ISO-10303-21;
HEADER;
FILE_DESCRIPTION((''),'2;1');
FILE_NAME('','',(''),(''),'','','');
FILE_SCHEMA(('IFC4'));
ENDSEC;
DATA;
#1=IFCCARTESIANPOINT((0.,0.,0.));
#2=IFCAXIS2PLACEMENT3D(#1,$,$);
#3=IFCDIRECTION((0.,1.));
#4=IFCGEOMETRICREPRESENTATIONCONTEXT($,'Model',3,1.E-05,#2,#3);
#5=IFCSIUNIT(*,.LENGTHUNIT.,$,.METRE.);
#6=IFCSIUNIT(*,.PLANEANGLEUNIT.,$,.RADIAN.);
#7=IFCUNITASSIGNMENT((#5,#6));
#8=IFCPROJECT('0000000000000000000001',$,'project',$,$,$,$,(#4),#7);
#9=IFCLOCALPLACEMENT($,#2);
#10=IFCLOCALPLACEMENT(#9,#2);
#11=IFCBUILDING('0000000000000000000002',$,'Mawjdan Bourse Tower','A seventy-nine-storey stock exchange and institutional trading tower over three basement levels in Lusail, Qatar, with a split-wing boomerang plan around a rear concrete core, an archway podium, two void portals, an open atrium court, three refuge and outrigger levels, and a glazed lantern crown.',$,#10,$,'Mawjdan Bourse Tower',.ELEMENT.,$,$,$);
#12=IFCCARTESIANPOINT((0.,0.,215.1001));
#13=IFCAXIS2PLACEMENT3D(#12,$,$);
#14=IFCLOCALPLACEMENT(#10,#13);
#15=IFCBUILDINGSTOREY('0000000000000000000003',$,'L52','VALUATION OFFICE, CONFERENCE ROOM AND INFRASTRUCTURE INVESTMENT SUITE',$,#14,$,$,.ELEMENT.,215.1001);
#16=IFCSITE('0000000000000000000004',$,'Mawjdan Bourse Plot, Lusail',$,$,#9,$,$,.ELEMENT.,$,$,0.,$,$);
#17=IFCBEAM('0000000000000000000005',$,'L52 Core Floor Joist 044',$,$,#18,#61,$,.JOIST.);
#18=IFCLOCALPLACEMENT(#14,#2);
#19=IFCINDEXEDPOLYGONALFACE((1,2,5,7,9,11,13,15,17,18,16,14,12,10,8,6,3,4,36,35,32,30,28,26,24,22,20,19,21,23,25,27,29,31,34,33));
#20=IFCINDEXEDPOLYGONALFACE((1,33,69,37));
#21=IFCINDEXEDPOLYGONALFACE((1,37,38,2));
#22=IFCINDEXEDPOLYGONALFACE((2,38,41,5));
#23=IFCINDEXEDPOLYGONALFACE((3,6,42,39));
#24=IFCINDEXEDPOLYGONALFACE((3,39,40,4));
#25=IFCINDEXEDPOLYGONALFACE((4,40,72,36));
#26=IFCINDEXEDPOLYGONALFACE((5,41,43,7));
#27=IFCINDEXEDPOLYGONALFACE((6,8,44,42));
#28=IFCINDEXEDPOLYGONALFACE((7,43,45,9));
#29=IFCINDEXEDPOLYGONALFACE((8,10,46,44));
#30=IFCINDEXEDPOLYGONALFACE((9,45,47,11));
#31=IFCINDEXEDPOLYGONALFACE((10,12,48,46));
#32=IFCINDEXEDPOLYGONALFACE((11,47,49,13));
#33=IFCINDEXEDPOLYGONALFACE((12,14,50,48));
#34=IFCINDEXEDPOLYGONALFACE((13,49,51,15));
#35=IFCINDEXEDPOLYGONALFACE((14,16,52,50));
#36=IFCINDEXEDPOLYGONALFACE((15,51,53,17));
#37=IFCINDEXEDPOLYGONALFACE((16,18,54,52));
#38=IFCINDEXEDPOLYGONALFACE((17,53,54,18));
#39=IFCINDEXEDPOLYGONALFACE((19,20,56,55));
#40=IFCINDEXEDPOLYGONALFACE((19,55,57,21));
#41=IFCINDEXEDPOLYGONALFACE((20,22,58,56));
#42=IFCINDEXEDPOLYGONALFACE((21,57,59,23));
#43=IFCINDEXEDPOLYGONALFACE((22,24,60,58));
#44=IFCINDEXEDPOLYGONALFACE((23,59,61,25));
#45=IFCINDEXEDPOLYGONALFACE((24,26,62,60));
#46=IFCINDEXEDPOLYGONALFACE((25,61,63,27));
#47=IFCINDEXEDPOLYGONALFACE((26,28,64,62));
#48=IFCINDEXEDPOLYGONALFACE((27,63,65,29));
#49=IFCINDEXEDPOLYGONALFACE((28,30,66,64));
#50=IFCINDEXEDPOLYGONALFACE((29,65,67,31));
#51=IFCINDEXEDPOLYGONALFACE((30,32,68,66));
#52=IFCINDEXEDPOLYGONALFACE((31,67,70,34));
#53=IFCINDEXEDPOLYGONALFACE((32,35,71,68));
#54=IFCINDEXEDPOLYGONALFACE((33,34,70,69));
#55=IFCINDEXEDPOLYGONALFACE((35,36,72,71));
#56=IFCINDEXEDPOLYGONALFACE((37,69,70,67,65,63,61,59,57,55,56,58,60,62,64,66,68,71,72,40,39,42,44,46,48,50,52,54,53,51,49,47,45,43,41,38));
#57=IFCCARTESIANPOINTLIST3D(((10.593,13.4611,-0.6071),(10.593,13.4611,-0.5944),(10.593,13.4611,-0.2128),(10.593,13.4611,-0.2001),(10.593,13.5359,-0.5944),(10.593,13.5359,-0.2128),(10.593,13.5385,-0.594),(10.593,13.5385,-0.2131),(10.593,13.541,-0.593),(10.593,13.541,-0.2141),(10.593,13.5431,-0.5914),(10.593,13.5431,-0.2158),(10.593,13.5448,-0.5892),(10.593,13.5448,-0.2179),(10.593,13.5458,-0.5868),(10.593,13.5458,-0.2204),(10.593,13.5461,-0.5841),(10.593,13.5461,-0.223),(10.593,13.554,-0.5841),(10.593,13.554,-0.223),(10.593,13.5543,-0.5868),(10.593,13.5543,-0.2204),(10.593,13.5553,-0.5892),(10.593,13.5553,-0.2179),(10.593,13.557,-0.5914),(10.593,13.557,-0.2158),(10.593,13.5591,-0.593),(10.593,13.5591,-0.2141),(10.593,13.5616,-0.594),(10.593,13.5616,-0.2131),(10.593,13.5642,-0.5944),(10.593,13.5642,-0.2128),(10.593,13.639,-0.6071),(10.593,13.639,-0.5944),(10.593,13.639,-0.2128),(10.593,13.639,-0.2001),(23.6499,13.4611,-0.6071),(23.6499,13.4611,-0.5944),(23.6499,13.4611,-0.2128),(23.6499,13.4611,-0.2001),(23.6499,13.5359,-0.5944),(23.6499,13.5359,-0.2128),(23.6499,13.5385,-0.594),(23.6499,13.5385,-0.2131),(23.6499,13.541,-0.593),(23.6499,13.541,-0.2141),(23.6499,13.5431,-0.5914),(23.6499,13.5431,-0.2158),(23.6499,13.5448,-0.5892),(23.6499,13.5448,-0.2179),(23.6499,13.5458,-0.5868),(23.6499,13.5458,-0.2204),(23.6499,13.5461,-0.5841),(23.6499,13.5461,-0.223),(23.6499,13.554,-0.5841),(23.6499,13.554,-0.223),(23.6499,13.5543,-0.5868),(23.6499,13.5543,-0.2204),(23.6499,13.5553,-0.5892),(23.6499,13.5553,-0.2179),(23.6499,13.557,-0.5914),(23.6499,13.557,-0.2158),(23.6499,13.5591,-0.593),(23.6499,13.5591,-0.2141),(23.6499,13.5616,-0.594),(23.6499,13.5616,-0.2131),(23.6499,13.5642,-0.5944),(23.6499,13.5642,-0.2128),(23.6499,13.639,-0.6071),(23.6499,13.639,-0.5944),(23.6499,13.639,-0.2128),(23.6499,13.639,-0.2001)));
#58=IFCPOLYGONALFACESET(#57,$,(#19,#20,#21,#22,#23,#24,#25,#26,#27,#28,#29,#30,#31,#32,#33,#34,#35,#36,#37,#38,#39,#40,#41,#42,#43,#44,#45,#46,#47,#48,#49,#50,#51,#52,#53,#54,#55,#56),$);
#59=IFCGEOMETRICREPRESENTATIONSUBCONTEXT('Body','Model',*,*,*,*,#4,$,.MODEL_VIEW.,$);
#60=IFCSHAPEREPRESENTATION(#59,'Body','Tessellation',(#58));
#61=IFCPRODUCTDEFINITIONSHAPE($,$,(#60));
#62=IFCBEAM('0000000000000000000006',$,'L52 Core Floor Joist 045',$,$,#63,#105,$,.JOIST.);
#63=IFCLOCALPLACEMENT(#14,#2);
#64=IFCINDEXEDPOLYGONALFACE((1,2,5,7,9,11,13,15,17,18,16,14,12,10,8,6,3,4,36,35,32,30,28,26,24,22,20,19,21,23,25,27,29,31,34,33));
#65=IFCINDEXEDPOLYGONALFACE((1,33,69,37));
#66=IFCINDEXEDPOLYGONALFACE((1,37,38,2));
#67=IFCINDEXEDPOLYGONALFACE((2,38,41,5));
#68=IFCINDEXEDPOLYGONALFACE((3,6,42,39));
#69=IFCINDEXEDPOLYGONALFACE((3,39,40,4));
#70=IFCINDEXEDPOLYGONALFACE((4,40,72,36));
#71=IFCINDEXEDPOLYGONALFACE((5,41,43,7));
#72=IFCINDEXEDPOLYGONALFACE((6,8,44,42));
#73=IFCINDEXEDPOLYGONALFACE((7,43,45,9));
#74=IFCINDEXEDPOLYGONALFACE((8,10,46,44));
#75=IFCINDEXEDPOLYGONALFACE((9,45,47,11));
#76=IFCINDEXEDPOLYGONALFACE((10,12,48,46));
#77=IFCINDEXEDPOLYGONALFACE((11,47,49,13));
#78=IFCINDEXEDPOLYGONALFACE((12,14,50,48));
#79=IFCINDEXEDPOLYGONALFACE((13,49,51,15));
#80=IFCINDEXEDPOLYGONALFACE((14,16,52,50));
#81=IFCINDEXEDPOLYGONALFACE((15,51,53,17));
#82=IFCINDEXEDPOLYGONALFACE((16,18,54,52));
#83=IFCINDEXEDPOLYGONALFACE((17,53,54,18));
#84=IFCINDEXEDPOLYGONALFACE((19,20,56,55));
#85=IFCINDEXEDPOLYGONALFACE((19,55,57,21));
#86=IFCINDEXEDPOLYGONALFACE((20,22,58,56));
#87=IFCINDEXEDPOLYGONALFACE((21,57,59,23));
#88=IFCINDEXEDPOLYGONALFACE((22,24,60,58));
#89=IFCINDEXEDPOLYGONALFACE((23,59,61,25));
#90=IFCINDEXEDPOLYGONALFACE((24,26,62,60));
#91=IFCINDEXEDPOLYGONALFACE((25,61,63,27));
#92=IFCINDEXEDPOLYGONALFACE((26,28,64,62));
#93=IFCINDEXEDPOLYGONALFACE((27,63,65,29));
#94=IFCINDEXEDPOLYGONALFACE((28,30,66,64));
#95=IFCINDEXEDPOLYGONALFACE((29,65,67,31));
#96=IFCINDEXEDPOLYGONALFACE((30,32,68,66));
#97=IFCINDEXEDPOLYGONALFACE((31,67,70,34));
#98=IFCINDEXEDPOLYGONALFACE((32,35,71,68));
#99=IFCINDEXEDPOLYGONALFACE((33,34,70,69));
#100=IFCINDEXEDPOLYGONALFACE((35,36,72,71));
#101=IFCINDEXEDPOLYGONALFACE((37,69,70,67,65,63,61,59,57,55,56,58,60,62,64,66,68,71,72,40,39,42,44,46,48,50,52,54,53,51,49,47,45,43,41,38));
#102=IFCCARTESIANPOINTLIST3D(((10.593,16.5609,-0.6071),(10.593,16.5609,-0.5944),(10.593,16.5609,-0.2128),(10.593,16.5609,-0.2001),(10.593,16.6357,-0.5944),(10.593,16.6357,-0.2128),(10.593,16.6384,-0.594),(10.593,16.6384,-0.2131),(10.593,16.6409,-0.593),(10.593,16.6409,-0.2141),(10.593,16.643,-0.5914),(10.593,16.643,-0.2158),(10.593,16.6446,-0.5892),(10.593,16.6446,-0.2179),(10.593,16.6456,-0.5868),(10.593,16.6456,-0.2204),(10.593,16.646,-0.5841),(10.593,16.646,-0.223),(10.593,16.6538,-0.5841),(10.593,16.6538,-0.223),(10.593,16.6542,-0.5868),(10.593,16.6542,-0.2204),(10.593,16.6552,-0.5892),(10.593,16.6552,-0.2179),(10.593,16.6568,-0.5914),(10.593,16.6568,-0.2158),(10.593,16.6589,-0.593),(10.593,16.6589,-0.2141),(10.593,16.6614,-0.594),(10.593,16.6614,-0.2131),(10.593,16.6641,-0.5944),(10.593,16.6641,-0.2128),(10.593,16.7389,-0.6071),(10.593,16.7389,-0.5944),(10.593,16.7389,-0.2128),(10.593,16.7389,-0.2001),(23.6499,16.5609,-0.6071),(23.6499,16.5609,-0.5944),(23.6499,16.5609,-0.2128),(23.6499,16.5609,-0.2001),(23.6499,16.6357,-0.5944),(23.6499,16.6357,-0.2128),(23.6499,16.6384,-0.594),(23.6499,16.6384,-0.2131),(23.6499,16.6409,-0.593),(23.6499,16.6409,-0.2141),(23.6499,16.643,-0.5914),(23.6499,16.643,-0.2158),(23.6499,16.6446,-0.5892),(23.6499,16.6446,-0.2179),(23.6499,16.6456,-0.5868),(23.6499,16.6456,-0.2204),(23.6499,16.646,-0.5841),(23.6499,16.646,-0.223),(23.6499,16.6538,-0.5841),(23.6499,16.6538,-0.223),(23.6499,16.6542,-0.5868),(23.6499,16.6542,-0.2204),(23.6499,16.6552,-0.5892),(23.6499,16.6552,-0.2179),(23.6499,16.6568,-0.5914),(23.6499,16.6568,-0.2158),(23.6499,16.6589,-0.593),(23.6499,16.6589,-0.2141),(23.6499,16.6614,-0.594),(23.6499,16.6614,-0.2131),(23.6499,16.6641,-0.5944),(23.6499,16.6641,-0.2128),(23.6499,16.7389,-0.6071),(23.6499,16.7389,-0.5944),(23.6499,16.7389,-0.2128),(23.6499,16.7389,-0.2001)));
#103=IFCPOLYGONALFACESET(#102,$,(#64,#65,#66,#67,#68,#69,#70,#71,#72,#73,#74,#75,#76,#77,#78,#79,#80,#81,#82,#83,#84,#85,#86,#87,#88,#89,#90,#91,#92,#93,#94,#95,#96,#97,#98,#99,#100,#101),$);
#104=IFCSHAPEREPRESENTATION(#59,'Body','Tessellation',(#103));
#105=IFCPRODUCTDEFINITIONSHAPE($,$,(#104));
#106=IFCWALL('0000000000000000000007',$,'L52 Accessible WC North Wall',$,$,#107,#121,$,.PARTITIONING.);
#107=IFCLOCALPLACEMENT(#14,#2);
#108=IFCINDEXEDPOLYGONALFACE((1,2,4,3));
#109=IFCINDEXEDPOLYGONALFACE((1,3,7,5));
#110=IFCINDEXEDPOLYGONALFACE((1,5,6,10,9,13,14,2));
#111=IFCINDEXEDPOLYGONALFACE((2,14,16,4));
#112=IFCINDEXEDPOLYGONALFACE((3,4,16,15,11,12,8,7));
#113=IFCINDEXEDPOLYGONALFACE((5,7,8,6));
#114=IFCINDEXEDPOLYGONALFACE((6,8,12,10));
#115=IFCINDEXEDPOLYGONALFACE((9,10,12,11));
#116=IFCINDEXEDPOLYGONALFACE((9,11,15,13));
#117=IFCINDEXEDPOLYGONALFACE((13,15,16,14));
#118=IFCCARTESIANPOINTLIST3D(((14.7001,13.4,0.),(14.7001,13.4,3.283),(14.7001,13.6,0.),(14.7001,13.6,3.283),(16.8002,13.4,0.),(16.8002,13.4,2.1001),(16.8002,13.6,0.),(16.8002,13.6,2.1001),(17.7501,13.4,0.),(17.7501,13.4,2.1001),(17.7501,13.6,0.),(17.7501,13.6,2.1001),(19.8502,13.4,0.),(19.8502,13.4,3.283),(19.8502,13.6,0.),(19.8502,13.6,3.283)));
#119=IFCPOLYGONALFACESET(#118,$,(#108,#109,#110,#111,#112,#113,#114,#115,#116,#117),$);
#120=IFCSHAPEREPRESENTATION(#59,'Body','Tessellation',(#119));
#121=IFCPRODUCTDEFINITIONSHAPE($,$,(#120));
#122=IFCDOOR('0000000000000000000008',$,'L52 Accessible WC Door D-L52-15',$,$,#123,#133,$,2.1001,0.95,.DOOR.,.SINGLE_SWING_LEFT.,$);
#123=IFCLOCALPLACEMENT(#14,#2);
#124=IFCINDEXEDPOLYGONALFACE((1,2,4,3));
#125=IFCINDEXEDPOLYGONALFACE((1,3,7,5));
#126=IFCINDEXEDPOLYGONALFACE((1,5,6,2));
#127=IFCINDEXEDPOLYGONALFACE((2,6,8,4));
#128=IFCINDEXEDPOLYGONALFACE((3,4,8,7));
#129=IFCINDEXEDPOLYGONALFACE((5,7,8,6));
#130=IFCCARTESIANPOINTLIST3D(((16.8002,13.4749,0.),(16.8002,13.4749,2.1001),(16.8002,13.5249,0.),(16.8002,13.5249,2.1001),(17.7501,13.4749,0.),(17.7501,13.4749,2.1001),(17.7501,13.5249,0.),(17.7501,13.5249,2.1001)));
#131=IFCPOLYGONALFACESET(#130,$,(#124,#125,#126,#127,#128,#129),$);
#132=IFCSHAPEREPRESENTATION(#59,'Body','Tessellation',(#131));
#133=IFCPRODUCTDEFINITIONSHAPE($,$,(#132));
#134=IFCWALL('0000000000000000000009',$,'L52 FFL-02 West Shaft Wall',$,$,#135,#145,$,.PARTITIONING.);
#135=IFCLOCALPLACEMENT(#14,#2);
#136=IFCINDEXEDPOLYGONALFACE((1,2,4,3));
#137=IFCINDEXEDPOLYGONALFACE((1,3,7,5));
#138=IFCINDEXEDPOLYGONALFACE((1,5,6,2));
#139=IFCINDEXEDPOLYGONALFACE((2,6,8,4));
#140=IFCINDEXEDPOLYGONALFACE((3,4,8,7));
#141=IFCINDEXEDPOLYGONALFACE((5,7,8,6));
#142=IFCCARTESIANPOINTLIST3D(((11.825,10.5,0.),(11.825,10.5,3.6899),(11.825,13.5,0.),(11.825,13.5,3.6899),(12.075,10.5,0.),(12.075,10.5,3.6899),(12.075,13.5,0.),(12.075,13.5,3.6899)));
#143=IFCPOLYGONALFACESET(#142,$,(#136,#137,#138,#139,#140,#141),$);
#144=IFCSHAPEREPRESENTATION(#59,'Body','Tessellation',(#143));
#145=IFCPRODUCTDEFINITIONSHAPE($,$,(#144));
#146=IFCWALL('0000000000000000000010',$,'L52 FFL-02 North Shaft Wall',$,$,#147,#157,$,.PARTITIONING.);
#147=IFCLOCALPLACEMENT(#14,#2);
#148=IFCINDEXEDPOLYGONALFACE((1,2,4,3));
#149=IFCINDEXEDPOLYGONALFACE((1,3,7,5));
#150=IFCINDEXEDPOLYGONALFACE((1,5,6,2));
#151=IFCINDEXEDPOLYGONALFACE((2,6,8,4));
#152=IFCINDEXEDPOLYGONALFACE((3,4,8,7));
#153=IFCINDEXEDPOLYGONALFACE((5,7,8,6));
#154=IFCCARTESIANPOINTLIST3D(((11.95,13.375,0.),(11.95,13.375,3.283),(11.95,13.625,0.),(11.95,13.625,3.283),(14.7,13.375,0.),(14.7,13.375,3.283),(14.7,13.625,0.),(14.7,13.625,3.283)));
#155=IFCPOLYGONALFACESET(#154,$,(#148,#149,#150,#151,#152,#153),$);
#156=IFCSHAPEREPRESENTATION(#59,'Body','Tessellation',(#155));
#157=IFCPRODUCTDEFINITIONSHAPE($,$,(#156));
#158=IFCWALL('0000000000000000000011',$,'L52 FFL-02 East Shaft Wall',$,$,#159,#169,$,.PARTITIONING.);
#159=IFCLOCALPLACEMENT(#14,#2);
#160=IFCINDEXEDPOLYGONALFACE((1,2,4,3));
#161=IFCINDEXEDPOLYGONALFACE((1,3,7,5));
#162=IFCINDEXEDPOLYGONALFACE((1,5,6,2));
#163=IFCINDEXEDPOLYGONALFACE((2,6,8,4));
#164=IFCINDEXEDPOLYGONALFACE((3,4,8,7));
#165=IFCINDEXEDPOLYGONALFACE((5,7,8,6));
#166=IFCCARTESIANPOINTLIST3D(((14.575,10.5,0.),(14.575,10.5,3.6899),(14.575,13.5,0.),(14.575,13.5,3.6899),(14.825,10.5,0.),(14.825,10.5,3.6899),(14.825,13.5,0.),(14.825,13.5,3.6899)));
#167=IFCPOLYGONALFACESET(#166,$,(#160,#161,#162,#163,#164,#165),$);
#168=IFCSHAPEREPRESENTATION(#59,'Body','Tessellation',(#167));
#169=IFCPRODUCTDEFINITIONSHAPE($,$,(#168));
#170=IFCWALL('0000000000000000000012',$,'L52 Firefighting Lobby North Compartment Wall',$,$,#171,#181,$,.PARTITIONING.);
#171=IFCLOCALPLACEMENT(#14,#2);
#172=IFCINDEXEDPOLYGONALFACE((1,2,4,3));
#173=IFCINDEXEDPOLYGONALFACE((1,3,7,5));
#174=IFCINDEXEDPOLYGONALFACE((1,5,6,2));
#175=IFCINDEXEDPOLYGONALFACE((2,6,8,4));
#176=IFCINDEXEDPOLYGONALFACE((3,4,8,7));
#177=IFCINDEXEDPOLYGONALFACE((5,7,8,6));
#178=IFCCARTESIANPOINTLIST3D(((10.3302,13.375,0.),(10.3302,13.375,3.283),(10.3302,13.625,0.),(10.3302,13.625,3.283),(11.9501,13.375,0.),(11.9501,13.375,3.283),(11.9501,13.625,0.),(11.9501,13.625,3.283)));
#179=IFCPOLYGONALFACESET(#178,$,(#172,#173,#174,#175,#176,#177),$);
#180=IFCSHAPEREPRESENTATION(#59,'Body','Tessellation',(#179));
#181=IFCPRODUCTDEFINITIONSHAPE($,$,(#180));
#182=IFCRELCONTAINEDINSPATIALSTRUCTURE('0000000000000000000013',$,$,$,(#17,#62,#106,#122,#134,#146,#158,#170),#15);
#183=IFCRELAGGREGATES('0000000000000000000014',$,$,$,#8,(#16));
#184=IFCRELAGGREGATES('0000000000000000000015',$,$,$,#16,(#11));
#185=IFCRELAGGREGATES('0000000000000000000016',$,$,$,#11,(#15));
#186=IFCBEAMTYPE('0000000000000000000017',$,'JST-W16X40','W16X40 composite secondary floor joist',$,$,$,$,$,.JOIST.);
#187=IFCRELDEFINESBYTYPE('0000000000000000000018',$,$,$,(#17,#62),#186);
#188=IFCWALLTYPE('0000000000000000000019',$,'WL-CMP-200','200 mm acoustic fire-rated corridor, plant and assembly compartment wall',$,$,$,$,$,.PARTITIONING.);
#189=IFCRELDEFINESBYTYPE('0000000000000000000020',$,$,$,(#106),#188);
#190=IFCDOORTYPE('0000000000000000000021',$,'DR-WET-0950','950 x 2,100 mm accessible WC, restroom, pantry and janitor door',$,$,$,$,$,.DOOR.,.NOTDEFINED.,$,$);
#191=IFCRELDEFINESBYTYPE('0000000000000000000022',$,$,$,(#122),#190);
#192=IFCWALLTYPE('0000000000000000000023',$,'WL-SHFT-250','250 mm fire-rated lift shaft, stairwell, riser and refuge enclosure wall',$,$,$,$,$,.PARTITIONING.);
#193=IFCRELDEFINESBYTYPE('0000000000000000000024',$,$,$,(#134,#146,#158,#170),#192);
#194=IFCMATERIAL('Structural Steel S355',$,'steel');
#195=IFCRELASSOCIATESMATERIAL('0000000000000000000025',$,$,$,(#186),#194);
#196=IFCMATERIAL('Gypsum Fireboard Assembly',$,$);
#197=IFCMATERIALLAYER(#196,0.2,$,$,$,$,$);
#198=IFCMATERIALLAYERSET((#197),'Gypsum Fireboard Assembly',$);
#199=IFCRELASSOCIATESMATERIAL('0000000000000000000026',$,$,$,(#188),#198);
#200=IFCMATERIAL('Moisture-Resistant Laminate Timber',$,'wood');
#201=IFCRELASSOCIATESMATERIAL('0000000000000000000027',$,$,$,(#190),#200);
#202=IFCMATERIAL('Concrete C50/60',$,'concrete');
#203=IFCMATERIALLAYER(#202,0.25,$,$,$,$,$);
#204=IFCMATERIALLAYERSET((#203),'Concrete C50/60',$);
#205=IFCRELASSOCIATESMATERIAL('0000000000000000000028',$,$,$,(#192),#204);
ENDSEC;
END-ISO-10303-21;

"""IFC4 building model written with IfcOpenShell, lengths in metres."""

from ifc_helpers import new_model, si_unit, direction, frame, frame_2d, origin, origin_2d, place, context, subcontext, project, spatial, rectangle, i_section, extrude, material, layer, layer_set, material_profile, profile_set, type_object, element, fill, save


model = new_model("IFC4")

# Units and contexts
model_context = context("Model", 3, precision=1e-05, world=origin(), true_north=direction((0.0, 1.0)))
body_context = subcontext(model_context, "Body", "Model", "MODEL_VIEW")
ifc_project = project(units=[si_unit("LENGTHUNIT", "METRE"), si_unit("PLANEANGLEUNIT", "RADIAN")], contexts=[model_context])

# Site, building, storey
site_placement = place(None, origin())
site = spatial("IfcSite", under=ifc_project, at=site_placement, Name="Mawjdan Bourse Plot, Lusail", CompositionType="ELEMENT", RefElevation=0.0)
building_placement = place(site_placement, origin())
building = spatial("IfcBuilding", under=site, at=building_placement, Name="Mawjdan Bourse Tower", Description="A seventy-nine-storey stock exchange and institutional trading tower over three basement levels in Lusail, Qatar, with a split-wing boomerang plan around a rear concrete core, an archway podium, two void portals, an open atrium court, three refuge and outrigger levels, and a glazed lantern crown.", LongName="Mawjdan Bourse Tower", CompositionType="ELEMENT")
storey_placement = place(building_placement, frame((0.0, 0.0, 215.1001)))
storey = spatial("IfcBuildingStorey", under=building, at=storey_placement, Name="L52", Description="VALUATION OFFICE, CONFERENCE ROOM AND INFRASTRUCTURE INVESTMENT SUITE", CompositionType="ELEMENT", Elevation=215.1001)

# Beams
ifc_material_1 = material(Name="Structural Steel S355", Category="steel")
ifc_material_profile = material_profile(ifc_material_1, i_section(OverallWidth=0.178, OverallDepth=0.407, WebThickness=0.0078, FlangeThickness=0.0127, FilletRadius=0.0103, at=origin_2d()), Name="W16X40")
ifc_profile_set = profile_set([ifc_material_profile], Name="Structural Steel S355")
beam_type = type_object("IfcBeamType", Name="JST-W16X40", Description="W16X40 composite secondary floor joist", PredefinedType="JOIST", material=ifc_profile_set)
for number, where, z_axis, x_axis, name in (
    (1, (10.593, 13.55, -0.4036), (1.0, 0.0, 0.0), (0.0, 1.0, 0.0), "L52 Core Floor Joist 044"),
    (2, (10.593, 16.6499, -0.4036), (1.0, 0.0, 0.0), (0.0, 1.0, 0.0), "L52 Core Floor Joist 045"),
):
    element("IfcBeam", number, at=place(storey_placement, frame(where, z_axis=z_axis, x_axis=x_axis)), inside=storey, type_object=beam_type, Name=name, PredefinedType="JOIST", context=body_context, shape_type="SweptSolid", body=[
        extrude(i_section(OverallWidth=0.178, OverallDepth=0.407, WebThickness=0.0078, FlangeThickness=0.0127, FilletRadius=0.0103, at=origin_2d()), origin(), (0.0, 0.0, 1.0), 13.0569),
    ])

# Wall, opening, door
ifc_material_2 = material(Name="Gypsum Fireboard Assembly")
ifc_layer_1 = layer(ifc_material_2, 0.2)
ifc_layer_set_1 = layer_set([ifc_layer_1], Name="Gypsum Fireboard Assembly")
wall_type_1 = type_object("IfcWallType", Name="WL-CMP-200", Description="200 mm acoustic fire-rated corridor, plant and assembly compartment wall", PredefinedType="PARTITIONING", material=ifc_layer_set_1)
wall_1_placement = place(storey_placement, frame((14.7, 13.5, 0.0), z_axis=(0.0, 0.0, 1.0), x_axis=(1.0, 0.0, 0.0)))
wall_1 = element("IfcWall", 3, at=wall_1_placement, inside=storey, type_object=wall_type_1, Name="L52 Accessible WC North Wall", PredefinedType="PARTITIONING", context=body_context, shape_type="SweptSolid", body=[
    extrude(rectangle(XDim=5.1501, YDim=0.2, at=frame_2d((2.5752, 0.0))), origin(), (0.0, 0.0, 1.0), 3.283),
])
opening_1_placement = place(wall_1_placement, frame((2.1001, 0.0, 0.0)))
opening_1 = element("IfcOpeningElement", 4, at=opening_1_placement, cuts=wall_1, PredefinedType="OPENING", context=body_context, shape_type="SweptSolid", body=[
    extrude(rectangle(XDim=0.95, YDim=2.1001, at=frame_2d((0.4751, 1.05))), frame((0.0, 0.1099, 0.0), z_axis=(0.0, -1.0, 0.0), x_axis=(1.0, 0.0, 0.0)), (0.0, 0.0, 1.0), 0.22),
])
ifc_material_3 = material(Name="Moisture-Resistant Laminate Timber", Category="wood")
door_type_1 = type_object("IfcDoorType", Name="DR-WET-0950", Description="950 x 2,100 mm accessible WC, restroom, pantry and janitor door", OperationType="NOTDEFINED", PredefinedType="DOOR", material=ifc_material_3)
door_1_placement = place(opening_1_placement, origin())
door_1 = element("IfcDoor", 5, at=door_1_placement, inside=storey, type_object=door_type_1, Name="L52 Accessible WC Door D-L52-15", OperationType="SINGLE_SWING_LEFT", OverallHeight=2.1001, OverallWidth=0.95, PredefinedType="DOOR", context=body_context, shape_type="SweptSolid", body=[
    extrude(rectangle(XDim=0.95, YDim=2.1001, at=frame_2d((0.4751, 1.05))), frame((0.0, 0.0249, 0.0), z_axis=(0.0, -1.0, 0.0), x_axis=(1.0, 0.0, 0.0)), (0.0, 0.0, 1.0), 0.05),
])
fill(opening_1, door_1)

# Walls
ifc_material_4 = material(Name="Concrete C50/60", Category="concrete")
ifc_layer_2 = layer(ifc_material_4, 0.25)
ifc_layer_set_2 = layer_set([ifc_layer_2], Name="Concrete C50/60")
wall_type_2 = type_object("IfcWallType", Name="WL-SHFT-250", Description="250 mm fire-rated lift shaft, stairwell, riser and refuge enclosure wall", PredefinedType="PARTITIONING", material=ifc_layer_set_2)
wall_2_placement = place(storey_placement, frame((11.95, 10.5, 0.0), z_axis=(0.0, 0.0, 1.0), x_axis=(0.0, 1.0, 0.0)))
element("IfcWall", 6, at=wall_2_placement, inside=storey, type_object=wall_type_2, Name="L52 FFL-02 West Shaft Wall", PredefinedType="PARTITIONING", context=body_context, shape_type="SweptSolid", body=[
    extrude(rectangle(XDim=3.0, YDim=0.25, at=frame_2d((1.5, 0.0))), origin(), (0.0, 0.0, 1.0), 3.6899),
])
wall_3_placement = place(storey_placement, frame((11.95, 13.5, 0.0), z_axis=(0.0, 0.0, 1.0), x_axis=(1.0, 0.0, 0.0)))
element("IfcWall", 7, at=wall_3_placement, inside=storey, type_object=wall_type_2, Name="L52 FFL-02 North Shaft Wall", PredefinedType="PARTITIONING", context=body_context, shape_type="SweptSolid", body=[
    extrude(rectangle(XDim=2.75, YDim=0.25, at=frame_2d((1.375, 0.0))), origin(), (0.0, 0.0, 1.0), 3.283),
])
wall_4_placement = place(storey_placement, frame((14.7, 10.5, 0.0), z_axis=(0.0, 0.0, 1.0), x_axis=(0.0, 1.0, 0.0)))
element("IfcWall", 8, at=wall_4_placement, inside=storey, type_object=wall_type_2, Name="L52 FFL-02 East Shaft Wall", PredefinedType="PARTITIONING", context=body_context, shape_type="SweptSolid", body=[
    extrude(rectangle(XDim=3.0, YDim=0.25, at=frame_2d((1.5, 0.0))), origin(), (0.0, 0.0, 1.0), 3.6899),
])
wall_5_placement = place(storey_placement, frame((10.3301, 13.5, 0.0), z_axis=(0.0, 0.0, 1.0), x_axis=(1.0, 0.0, 0.0)))
element("IfcWall", 9, at=wall_5_placement, inside=storey, type_object=wall_type_2, Name="L52 Firefighting Lobby North Compartment Wall", PredefinedType="PARTITIONING", context=body_context, shape_type="SweptSolid", body=[
    extrude(rectangle(XDim=1.6199, YDim=0.25, at=frame_2d((0.8101, 0.0))), origin(), (0.0, 0.0, 1.0), 3.283),
])

save(model, "model.ifc")
